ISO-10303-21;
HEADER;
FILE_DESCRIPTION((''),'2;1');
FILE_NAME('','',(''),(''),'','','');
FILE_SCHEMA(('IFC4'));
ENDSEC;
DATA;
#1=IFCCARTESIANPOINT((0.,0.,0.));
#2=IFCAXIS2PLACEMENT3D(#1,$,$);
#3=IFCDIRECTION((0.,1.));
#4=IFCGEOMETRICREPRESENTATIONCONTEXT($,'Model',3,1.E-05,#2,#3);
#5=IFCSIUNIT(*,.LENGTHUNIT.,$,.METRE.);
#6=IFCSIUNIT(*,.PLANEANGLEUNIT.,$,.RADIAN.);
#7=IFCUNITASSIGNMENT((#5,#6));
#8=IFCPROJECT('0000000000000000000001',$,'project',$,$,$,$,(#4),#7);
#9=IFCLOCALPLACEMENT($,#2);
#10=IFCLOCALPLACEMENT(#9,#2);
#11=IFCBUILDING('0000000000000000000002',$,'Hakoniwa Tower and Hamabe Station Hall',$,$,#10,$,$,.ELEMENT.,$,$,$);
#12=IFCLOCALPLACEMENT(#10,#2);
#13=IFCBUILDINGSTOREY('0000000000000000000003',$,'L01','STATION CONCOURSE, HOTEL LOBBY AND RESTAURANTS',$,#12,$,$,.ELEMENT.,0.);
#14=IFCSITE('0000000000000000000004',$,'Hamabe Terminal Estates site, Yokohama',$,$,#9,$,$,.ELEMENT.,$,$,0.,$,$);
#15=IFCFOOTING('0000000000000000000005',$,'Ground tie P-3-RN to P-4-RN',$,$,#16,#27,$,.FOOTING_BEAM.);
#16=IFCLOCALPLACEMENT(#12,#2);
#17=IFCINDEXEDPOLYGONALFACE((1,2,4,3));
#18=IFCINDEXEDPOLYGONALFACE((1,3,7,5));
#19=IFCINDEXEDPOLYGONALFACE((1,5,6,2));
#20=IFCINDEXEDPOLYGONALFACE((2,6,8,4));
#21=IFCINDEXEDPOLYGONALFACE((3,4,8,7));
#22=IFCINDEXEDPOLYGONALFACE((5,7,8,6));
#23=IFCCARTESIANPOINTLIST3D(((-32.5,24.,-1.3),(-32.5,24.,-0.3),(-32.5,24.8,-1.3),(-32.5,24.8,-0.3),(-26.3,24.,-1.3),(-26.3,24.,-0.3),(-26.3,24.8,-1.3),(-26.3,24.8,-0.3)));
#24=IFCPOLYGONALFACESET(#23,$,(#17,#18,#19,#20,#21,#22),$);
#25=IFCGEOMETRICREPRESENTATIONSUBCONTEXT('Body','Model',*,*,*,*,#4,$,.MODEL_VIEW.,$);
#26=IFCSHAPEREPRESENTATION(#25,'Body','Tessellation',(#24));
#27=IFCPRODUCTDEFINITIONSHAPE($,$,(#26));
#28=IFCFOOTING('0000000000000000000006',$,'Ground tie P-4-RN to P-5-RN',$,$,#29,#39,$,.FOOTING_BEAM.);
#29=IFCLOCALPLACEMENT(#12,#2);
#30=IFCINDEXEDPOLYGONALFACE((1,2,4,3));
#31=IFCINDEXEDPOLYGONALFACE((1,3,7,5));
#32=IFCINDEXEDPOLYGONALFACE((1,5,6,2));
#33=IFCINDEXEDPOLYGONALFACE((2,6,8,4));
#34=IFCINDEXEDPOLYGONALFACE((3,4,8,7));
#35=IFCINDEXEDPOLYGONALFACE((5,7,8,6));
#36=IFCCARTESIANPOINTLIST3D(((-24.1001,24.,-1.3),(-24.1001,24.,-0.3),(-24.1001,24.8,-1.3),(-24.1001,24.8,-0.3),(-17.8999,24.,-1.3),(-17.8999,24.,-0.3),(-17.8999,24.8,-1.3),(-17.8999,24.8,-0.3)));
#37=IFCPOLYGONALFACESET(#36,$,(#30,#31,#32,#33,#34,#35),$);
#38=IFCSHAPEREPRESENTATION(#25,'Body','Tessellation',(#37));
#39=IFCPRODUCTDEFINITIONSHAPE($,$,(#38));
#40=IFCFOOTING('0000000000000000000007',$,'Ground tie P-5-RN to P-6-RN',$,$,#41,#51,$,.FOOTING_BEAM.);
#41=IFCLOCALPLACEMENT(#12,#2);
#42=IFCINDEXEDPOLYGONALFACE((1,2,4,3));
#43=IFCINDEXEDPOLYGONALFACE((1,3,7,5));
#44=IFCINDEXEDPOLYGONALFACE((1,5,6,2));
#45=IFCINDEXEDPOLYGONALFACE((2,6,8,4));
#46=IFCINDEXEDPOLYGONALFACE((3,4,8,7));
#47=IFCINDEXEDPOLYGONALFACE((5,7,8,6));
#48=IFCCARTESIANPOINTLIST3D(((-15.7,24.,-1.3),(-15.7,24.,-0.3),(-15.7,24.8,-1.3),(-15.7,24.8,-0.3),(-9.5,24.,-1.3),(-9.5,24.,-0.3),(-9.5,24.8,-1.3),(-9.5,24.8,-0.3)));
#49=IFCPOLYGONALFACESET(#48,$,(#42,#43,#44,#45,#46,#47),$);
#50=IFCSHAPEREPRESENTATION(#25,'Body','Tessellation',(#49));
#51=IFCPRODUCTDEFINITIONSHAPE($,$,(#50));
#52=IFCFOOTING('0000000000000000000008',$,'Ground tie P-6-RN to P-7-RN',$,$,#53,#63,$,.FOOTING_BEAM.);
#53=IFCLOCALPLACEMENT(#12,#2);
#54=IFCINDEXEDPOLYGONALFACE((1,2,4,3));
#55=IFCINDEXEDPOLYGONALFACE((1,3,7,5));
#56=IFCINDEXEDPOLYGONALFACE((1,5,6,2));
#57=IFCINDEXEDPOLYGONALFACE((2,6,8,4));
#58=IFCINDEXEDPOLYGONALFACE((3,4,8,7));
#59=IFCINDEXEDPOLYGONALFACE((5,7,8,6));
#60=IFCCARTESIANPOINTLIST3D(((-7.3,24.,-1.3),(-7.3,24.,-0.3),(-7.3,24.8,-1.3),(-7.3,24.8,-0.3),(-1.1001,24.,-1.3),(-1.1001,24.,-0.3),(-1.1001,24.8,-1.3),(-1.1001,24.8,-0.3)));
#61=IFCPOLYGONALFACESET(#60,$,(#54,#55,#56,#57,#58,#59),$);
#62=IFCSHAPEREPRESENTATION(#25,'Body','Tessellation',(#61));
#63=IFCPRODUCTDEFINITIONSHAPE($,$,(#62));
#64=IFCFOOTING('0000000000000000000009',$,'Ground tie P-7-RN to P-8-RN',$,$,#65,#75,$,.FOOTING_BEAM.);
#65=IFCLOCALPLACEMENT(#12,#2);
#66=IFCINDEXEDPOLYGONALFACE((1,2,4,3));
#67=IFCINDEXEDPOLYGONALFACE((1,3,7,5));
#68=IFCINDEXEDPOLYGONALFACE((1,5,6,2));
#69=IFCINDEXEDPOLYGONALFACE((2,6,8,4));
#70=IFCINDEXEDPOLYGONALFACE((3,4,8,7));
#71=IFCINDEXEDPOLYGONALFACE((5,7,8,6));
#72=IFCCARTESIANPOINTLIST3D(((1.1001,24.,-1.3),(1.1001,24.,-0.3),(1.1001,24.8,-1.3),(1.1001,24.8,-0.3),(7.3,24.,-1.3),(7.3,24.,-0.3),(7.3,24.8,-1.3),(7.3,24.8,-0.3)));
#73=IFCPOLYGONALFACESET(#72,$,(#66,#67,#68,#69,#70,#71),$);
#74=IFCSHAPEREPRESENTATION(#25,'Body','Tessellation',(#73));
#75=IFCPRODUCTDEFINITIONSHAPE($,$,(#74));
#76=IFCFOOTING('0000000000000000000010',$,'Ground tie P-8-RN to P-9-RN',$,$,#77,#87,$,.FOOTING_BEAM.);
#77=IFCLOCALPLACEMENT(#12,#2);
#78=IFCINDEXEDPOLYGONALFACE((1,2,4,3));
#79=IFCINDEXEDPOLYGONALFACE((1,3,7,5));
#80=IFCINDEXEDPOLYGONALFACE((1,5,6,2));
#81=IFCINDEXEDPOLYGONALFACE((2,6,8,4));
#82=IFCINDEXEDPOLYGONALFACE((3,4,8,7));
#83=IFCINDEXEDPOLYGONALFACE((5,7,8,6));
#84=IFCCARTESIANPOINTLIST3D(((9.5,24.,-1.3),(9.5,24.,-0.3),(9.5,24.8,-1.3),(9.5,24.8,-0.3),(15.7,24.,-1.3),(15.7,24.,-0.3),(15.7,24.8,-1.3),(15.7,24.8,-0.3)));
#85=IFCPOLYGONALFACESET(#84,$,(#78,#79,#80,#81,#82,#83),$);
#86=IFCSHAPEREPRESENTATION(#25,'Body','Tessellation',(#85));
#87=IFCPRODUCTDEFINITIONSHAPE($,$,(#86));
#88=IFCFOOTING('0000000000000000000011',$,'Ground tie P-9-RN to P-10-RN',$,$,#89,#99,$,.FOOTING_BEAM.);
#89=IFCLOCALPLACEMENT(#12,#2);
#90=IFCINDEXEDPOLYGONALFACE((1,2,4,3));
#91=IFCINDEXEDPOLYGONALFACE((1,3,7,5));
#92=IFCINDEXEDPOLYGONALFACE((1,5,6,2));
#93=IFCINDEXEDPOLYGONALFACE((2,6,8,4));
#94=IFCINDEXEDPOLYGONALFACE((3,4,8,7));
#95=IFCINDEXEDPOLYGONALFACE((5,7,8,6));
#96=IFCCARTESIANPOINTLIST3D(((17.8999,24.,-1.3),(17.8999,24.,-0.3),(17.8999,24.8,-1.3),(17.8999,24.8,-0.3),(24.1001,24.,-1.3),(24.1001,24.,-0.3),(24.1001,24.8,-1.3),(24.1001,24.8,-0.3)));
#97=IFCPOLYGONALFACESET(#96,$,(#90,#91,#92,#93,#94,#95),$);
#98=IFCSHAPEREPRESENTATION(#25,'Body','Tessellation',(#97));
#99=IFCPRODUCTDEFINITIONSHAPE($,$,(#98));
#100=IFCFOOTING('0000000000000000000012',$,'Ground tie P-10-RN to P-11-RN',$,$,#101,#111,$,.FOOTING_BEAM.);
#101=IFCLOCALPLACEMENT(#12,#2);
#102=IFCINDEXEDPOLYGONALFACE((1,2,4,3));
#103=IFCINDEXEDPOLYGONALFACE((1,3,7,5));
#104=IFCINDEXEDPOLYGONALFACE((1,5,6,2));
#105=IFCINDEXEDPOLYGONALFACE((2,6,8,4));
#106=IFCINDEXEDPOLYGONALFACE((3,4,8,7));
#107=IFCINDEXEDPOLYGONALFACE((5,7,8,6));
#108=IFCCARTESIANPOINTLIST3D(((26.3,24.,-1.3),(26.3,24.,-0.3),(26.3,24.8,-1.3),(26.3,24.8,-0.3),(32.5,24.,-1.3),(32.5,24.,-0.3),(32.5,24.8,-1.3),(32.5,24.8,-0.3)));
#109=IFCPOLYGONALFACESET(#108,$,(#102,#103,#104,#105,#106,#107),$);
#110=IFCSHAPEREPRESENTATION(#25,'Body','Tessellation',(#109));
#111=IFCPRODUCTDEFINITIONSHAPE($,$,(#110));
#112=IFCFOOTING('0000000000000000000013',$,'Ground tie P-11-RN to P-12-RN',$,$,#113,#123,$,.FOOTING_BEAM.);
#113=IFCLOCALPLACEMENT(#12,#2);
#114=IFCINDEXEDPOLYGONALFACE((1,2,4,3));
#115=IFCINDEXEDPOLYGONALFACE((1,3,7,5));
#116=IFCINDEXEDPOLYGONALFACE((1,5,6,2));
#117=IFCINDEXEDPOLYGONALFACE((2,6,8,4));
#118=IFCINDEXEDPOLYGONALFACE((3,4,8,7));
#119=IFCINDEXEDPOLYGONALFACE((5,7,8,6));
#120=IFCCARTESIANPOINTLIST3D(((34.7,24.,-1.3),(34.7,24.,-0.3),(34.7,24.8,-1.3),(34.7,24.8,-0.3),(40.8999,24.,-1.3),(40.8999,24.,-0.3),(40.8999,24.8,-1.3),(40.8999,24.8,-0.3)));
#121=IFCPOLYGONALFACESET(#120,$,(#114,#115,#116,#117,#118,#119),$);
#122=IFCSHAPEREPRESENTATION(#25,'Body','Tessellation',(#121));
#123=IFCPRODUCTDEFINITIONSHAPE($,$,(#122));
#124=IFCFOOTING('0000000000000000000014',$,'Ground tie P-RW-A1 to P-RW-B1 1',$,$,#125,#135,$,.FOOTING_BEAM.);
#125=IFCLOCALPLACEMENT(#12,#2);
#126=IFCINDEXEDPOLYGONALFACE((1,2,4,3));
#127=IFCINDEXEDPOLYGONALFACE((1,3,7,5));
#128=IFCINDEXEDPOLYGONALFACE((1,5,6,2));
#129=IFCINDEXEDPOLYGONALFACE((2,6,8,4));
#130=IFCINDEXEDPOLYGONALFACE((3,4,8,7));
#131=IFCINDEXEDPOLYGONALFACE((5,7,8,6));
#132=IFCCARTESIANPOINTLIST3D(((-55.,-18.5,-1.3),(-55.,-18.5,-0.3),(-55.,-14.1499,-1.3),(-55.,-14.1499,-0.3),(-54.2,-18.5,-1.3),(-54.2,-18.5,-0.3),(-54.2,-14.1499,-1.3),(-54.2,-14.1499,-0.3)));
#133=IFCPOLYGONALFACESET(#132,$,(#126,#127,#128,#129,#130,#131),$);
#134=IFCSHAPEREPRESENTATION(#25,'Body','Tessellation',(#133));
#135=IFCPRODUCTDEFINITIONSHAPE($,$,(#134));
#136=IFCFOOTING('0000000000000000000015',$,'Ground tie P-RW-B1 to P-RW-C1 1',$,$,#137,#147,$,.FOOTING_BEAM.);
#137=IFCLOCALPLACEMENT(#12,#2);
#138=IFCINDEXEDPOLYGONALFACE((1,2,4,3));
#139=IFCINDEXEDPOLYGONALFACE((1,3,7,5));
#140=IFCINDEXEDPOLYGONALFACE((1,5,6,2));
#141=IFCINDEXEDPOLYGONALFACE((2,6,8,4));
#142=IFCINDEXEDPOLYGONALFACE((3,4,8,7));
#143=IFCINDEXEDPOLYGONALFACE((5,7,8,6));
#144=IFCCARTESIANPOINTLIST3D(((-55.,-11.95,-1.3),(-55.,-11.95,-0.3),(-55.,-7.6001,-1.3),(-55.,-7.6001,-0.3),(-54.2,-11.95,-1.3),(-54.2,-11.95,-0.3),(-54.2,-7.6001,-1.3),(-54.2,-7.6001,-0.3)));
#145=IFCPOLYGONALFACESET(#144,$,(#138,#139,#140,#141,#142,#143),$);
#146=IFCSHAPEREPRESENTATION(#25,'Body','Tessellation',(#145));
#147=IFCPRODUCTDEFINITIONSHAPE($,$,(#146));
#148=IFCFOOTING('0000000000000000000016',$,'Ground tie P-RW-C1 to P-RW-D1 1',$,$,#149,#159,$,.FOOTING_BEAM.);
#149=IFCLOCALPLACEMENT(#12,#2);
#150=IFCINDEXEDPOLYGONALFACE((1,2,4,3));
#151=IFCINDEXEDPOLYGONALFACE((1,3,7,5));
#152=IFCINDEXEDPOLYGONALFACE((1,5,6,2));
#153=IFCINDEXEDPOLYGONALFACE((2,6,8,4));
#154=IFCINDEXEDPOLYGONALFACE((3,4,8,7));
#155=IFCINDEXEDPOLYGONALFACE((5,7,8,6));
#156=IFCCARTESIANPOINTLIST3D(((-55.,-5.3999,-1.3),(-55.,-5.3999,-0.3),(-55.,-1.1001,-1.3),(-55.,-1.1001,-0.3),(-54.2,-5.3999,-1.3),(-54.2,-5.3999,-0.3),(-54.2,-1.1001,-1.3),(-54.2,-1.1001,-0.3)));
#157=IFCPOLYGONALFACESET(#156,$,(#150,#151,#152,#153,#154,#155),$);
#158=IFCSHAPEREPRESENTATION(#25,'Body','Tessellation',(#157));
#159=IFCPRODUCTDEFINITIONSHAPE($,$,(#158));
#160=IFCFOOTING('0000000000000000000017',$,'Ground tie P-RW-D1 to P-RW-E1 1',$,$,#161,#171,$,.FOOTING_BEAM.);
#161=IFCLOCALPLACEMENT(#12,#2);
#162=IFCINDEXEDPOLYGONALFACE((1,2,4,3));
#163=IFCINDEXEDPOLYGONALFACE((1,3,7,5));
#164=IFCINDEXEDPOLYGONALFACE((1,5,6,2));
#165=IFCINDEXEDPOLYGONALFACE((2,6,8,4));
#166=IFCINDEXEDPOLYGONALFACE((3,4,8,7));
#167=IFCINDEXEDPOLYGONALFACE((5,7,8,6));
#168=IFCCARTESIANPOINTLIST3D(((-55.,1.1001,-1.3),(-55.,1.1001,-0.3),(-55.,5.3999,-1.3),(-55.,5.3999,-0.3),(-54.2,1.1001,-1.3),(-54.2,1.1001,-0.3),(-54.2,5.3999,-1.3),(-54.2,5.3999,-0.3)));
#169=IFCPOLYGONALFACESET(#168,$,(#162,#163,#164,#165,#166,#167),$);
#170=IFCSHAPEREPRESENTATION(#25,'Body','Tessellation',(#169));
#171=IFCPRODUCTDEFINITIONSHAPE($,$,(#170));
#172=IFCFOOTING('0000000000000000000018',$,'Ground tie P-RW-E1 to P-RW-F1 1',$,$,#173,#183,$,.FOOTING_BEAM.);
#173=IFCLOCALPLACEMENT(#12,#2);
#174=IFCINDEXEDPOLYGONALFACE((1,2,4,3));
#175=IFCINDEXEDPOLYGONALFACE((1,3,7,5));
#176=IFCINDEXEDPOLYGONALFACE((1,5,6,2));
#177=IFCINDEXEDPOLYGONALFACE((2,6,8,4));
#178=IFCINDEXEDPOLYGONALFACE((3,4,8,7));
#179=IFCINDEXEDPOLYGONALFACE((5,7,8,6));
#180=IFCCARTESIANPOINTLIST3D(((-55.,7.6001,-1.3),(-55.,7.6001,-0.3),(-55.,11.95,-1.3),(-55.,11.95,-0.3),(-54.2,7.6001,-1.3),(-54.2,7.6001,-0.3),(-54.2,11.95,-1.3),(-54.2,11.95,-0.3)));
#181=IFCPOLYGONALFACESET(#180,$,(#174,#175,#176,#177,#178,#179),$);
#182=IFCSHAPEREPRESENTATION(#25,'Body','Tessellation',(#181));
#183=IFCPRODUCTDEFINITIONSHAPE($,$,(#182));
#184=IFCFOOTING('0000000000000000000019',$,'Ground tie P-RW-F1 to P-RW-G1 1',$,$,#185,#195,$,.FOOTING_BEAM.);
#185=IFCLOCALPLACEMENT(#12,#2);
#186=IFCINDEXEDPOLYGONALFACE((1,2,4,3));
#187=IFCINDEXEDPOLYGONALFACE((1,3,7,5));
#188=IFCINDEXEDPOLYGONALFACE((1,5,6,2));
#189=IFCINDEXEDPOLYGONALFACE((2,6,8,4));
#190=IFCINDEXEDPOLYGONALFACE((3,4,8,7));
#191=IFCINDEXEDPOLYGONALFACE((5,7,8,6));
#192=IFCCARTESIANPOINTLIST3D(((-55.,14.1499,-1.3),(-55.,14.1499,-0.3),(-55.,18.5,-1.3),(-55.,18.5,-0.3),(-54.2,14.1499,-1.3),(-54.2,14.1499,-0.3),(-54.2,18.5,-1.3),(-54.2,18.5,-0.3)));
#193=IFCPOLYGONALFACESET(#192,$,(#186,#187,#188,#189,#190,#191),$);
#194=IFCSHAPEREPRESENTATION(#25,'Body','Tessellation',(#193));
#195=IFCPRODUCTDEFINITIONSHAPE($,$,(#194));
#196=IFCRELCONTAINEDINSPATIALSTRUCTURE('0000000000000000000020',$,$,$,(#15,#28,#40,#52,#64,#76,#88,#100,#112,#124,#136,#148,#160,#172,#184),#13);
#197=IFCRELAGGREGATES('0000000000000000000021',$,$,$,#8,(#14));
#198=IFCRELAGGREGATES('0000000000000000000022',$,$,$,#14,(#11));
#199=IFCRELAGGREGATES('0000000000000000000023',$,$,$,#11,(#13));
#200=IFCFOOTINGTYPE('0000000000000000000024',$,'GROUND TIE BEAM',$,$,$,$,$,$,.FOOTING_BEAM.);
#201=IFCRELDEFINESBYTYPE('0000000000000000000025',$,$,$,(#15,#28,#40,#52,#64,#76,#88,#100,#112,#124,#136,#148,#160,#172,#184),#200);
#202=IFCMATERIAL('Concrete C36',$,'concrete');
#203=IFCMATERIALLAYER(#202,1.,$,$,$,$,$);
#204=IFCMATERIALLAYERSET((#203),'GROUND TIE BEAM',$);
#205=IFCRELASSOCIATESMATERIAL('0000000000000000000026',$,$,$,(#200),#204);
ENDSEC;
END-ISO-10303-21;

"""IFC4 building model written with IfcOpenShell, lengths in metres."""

from ifc_helpers import new_model, si_unit, direction, frame, origin, place, context, subcontext, project, spatial, polyline, outline, extrude, material, layer, layer_set, type_object, element, save


model = new_model("IFC4")

# Units and contexts
model_context = context("Model", 3, precision=1e-05, world=origin(), true_north=direction((0.0, 1.0)))
body_context = subcontext(model_context, "Body", "Model", "MODEL_VIEW")
ifc_project = project(units=[si_unit("LENGTHUNIT", "METRE"), si_unit("PLANEANGLEUNIT", "RADIAN")], contexts=[model_context])

# Site, building, storey
site_placement = place(None, origin())
site = spatial("IfcSite", under=ifc_project, at=site_placement, Name="Hamabe Terminal Estates site, Yokohama", CompositionType="ELEMENT", RefElevation=0.0)
building_placement = place(site_placement, origin())
building = spatial("IfcBuilding", under=site, at=building_placement, Name="Hakoniwa Tower and Hamabe Station Hall", CompositionType="ELEMENT")
storey_placement = place(building_placement, origin())
storey = spatial("IfcBuildingStorey", under=building, at=storey_placement, Name="L01", Description="STATION CONCOURSE, HOTEL LOBBY AND RESTAURANTS", CompositionType="ELEMENT", Elevation=0.0)

# Footings
ifc_material_1 = material(Name="Concrete C36", Category="concrete")
ifc_layer_1 = layer(ifc_material_1, 1.0)
ifc_layer_set_1 = layer_set([ifc_layer_1], Name="GROUND TIE BEAM")
footing_type = type_object("IfcFootingType", Name="GROUND TIE BEAM", PredefinedType="FOOTING_BEAM", material=ifc_layer_set_1)
footing_1_placement = place(storey_placement, frame((0.0, 0.0, -1.3)))
element("IfcFooting", 1, at=footing_1_placement, inside=storey, type_object=footing_type, Name="Ground tie P-3-RN to P-4-RN", PredefinedType="FOOTING_BEAM", context=body_context, shape_type="SweptSolid", body=[
    extrude(outline(polyline([(-32.5, 24.8), (-32.5, 24.0), (-26.3, 24.0), (-26.3, 24.8), (-32.5, 24.8)])), origin(), (0.0, 0.0, 1.0), 1.0),
])
footing_2_placement = place(storey_placement, frame((0.0, 0.0, -1.3)))
element("IfcFooting", 2, at=footing_2_placement, inside=storey, type_object=footing_type, Name="Ground tie P-4-RN to P-5-RN", PredefinedType="FOOTING_BEAM", context=body_context, shape_type="SweptSolid", body=[
    extrude(outline(polyline([(-24.1001, 24.8), (-24.1001, 24.0), (-17.8999, 24.0), (-17.8999, 24.8), (-24.1001, 24.8)])), origin(), (0.0, 0.0, 1.0), 1.0),
])
footing_3_placement = place(storey_placement, frame((0.0, 0.0, -1.3)))
element("IfcFooting", 3, at=footing_3_placement, inside=storey, type_object=footing_type, Name="Ground tie P-5-RN to P-6-RN", PredefinedType="FOOTING_BEAM", context=body_context, shape_type="SweptSolid", body=[
    extrude(outline(polyline([(-15.7, 24.8), (-15.7, 24.0), (-9.5, 24.0), (-9.5, 24.8), (-15.7, 24.8)])), origin(), (0.0, 0.0, 1.0), 1.0),
])
footing_4_placement = place(storey_placement, frame((0.0, 0.0, -1.3)))
element("IfcFooting", 4, at=footing_4_placement, inside=storey, type_object=footing_type, Name="Ground tie P-6-RN to P-7-RN", PredefinedType="FOOTING_BEAM", context=body_context, shape_type="SweptSolid", body=[
    extrude(outline(polyline([(-7.3, 24.8), (-7.3, 24.0), (-1.1001, 24.0), (-1.1001, 24.8), (-7.3, 24.8)])), origin(), (0.0, 0.0, 1.0), 1.0),
])
footing_5_placement = place(storey_placement, frame((0.0, 0.0, -1.3)))
element("IfcFooting", 5, at=footing_5_placement, inside=storey, type_object=footing_type, Name="Ground tie P-7-RN to P-8-RN", PredefinedType="FOOTING_BEAM", context=body_context, shape_type="SweptSolid", body=[
    extrude(outline(polyline([(1.1001, 24.8), (1.1001, 24.0), (7.3, 24.0), (7.3, 24.8), (1.1001, 24.8)])), origin(), (0.0, 0.0, 1.0), 1.0),
])
footing_6_placement = place(storey_placement, frame((0.0, 0.0, -1.3)))
element("IfcFooting", 6, at=footing_6_placement, inside=storey, type_object=footing_type, Name="Ground tie P-8-RN to P-9-RN", PredefinedType="FOOTING_BEAM", context=body_context, shape_type="SweptSolid", body=[
    extrude(outline(polyline([(9.5, 24.8), (9.5, 24.0), (15.7, 24.0), (15.7, 24.8), (9.5, 24.8)])), origin(), (0.0, 0.0, 1.0), 1.0),
])
footing_7_placement = place(storey_placement, frame((0.0, 0.0, -1.3)))
element("IfcFooting", 7, at=footing_7_placement, inside=storey, type_object=footing_type, Name="Ground tie P-9-RN to P-10-RN", PredefinedType="FOOTING_BEAM", context=body_context, shape_type="SweptSolid", body=[
    extrude(outline(polyline([(17.8999, 24.8), (17.8999, 24.0), (24.1001, 24.0), (24.1001, 24.8), (17.8999, 24.8)])), origin(), (0.0, 0.0, 1.0), 1.0),
])
footing_8_placement = place(storey_placement, frame((0.0, 0.0, -1.3)))
element("IfcFooting", 8, at=footing_8_placement, inside=storey, type_object=footing_type, Name="Ground tie P-10-RN to P-11-RN", PredefinedType="FOOTING_BEAM", context=body_context, shape_type="SweptSolid", body=[
    extrude(outline(polyline([(26.3, 24.8), (26.3, 24.0), (32.5, 24.0), (32.5, 24.8), (26.3, 24.8)])), origin(), (0.0, 0.0, 1.0), 1.0),
])
footing_9_placement = place(storey_placement, frame((0.0, 0.0, -1.3)))
element("IfcFooting", 9, at=footing_9_placement, inside=storey, type_object=footing_type, Name="Ground tie P-11-RN to P-12-RN", PredefinedType="FOOTING_BEAM", context=body_context, shape_type="SweptSolid", body=[
    extrude(outline(polyline([(34.7, 24.8), (34.7, 24.0), (40.8999, 24.0), (40.8999, 24.8), (34.7, 24.8)])), origin(), (0.0, 0.0, 1.0), 1.0),
])
footing_10_placement = place(storey_placement, frame((0.0, 0.0, -1.3)))
element("IfcFooting", 10, at=footing_10_placement, inside=storey, type_object=footing_type, Name="Ground tie P-RW-A1 to P-RW-B1 1", PredefinedType="FOOTING_BEAM", context=body_context, shape_type="SweptSolid", body=[
    extrude(outline(polyline([(-55.0, -14.1499), (-55.0, -18.5), (-54.2, -18.5), (-54.2, -14.1499), (-55.0, -14.1499)])), origin(), (0.0, 0.0, 1.0), 1.0),
])
footing_11_placement = place(storey_placement, frame((0.0, 0.0, -1.3)))
element("IfcFooting", 11, at=footing_11_placement, inside=storey, type_object=footing_type, Name="Ground tie P-RW-B1 to P-RW-C1 1", PredefinedType="FOOTING_BEAM", context=body_context, shape_type="SweptSolid", body=[
    extrude(outline(polyline([(-55.0, -7.6001), (-55.0, -11.95), (-54.2, -11.95), (-54.2, -7.6001), (-55.0, -7.6001)])), origin(), (0.0, 0.0, 1.0), 1.0),
])
footing_12_placement = place(storey_placement, frame((0.0, 0.0, -1.3)))
element("IfcFooting", 12, at=footing_12_placement, inside=storey, type_object=footing_type, Name="Ground tie P-RW-C1 to P-RW-D1 1", PredefinedType="FOOTING_BEAM", context=body_context, shape_type="SweptSolid", body=[
    extrude(outline(polyline([(-55.0, -1.1001), (-55.0, -5.3999), (-54.2, -5.3999), (-54.2, -1.1001), (-55.0, -1.1001)])), origin(), (0.0, 0.0, 1.0), 1.0),
])
footing_13_placement = place(storey_placement, frame((0.0, 0.0, -1.3)))
element("IfcFooting", 13, at=footing_13_placement, inside=storey, type_object=footing_type, Name="Ground tie P-RW-D1 to P-RW-E1 1", PredefinedType="FOOTING_BEAM", context=body_context, shape_type="SweptSolid", body=[
    extrude(outline(polyline([(-55.0, 5.3999), (-55.0, 1.1001), (-54.2, 1.1001), (-54.2, 5.3999), (-55.0, 5.3999)])), origin(), (0.0, 0.0, 1.0), 1.0),
])
footing_14_placement = place(storey_placement, frame((0.0, 0.0, -1.3)))
element("IfcFooting", 14, at=footing_14_placement, inside=storey, type_object=footing_type, Name="Ground tie P-RW-E1 to P-RW-F1 1", PredefinedType="FOOTING_BEAM", context=body_context, shape_type="SweptSolid", body=[
    extrude(outline(polyline([(-55.0, 11.95), (-55.0, 7.6001), (-54.2, 7.6001), (-54.2, 11.95), (-55.0, 11.95)])), origin(), (0.0, 0.0, 1.0), 1.0),
])
footing_15_placement = place(storey_placement, frame((0.0, 0.0, -1.3)))
element("IfcFooting", 15, at=footing_15_placement, inside=storey, type_object=footing_type, Name="Ground tie P-RW-F1 to P-RW-G1 1", PredefinedType="FOOTING_BEAM", context=body_context, shape_type="SweptSolid", body=[
    extrude(outline(polyline([(-55.0, 18.5), (-55.0, 14.1499), (-54.2, 14.1499), (-54.2, 18.5), (-55.0, 18.5)])), origin(), (0.0, 0.0, 1.0), 1.0),
])

save(model, "model.ifc")
